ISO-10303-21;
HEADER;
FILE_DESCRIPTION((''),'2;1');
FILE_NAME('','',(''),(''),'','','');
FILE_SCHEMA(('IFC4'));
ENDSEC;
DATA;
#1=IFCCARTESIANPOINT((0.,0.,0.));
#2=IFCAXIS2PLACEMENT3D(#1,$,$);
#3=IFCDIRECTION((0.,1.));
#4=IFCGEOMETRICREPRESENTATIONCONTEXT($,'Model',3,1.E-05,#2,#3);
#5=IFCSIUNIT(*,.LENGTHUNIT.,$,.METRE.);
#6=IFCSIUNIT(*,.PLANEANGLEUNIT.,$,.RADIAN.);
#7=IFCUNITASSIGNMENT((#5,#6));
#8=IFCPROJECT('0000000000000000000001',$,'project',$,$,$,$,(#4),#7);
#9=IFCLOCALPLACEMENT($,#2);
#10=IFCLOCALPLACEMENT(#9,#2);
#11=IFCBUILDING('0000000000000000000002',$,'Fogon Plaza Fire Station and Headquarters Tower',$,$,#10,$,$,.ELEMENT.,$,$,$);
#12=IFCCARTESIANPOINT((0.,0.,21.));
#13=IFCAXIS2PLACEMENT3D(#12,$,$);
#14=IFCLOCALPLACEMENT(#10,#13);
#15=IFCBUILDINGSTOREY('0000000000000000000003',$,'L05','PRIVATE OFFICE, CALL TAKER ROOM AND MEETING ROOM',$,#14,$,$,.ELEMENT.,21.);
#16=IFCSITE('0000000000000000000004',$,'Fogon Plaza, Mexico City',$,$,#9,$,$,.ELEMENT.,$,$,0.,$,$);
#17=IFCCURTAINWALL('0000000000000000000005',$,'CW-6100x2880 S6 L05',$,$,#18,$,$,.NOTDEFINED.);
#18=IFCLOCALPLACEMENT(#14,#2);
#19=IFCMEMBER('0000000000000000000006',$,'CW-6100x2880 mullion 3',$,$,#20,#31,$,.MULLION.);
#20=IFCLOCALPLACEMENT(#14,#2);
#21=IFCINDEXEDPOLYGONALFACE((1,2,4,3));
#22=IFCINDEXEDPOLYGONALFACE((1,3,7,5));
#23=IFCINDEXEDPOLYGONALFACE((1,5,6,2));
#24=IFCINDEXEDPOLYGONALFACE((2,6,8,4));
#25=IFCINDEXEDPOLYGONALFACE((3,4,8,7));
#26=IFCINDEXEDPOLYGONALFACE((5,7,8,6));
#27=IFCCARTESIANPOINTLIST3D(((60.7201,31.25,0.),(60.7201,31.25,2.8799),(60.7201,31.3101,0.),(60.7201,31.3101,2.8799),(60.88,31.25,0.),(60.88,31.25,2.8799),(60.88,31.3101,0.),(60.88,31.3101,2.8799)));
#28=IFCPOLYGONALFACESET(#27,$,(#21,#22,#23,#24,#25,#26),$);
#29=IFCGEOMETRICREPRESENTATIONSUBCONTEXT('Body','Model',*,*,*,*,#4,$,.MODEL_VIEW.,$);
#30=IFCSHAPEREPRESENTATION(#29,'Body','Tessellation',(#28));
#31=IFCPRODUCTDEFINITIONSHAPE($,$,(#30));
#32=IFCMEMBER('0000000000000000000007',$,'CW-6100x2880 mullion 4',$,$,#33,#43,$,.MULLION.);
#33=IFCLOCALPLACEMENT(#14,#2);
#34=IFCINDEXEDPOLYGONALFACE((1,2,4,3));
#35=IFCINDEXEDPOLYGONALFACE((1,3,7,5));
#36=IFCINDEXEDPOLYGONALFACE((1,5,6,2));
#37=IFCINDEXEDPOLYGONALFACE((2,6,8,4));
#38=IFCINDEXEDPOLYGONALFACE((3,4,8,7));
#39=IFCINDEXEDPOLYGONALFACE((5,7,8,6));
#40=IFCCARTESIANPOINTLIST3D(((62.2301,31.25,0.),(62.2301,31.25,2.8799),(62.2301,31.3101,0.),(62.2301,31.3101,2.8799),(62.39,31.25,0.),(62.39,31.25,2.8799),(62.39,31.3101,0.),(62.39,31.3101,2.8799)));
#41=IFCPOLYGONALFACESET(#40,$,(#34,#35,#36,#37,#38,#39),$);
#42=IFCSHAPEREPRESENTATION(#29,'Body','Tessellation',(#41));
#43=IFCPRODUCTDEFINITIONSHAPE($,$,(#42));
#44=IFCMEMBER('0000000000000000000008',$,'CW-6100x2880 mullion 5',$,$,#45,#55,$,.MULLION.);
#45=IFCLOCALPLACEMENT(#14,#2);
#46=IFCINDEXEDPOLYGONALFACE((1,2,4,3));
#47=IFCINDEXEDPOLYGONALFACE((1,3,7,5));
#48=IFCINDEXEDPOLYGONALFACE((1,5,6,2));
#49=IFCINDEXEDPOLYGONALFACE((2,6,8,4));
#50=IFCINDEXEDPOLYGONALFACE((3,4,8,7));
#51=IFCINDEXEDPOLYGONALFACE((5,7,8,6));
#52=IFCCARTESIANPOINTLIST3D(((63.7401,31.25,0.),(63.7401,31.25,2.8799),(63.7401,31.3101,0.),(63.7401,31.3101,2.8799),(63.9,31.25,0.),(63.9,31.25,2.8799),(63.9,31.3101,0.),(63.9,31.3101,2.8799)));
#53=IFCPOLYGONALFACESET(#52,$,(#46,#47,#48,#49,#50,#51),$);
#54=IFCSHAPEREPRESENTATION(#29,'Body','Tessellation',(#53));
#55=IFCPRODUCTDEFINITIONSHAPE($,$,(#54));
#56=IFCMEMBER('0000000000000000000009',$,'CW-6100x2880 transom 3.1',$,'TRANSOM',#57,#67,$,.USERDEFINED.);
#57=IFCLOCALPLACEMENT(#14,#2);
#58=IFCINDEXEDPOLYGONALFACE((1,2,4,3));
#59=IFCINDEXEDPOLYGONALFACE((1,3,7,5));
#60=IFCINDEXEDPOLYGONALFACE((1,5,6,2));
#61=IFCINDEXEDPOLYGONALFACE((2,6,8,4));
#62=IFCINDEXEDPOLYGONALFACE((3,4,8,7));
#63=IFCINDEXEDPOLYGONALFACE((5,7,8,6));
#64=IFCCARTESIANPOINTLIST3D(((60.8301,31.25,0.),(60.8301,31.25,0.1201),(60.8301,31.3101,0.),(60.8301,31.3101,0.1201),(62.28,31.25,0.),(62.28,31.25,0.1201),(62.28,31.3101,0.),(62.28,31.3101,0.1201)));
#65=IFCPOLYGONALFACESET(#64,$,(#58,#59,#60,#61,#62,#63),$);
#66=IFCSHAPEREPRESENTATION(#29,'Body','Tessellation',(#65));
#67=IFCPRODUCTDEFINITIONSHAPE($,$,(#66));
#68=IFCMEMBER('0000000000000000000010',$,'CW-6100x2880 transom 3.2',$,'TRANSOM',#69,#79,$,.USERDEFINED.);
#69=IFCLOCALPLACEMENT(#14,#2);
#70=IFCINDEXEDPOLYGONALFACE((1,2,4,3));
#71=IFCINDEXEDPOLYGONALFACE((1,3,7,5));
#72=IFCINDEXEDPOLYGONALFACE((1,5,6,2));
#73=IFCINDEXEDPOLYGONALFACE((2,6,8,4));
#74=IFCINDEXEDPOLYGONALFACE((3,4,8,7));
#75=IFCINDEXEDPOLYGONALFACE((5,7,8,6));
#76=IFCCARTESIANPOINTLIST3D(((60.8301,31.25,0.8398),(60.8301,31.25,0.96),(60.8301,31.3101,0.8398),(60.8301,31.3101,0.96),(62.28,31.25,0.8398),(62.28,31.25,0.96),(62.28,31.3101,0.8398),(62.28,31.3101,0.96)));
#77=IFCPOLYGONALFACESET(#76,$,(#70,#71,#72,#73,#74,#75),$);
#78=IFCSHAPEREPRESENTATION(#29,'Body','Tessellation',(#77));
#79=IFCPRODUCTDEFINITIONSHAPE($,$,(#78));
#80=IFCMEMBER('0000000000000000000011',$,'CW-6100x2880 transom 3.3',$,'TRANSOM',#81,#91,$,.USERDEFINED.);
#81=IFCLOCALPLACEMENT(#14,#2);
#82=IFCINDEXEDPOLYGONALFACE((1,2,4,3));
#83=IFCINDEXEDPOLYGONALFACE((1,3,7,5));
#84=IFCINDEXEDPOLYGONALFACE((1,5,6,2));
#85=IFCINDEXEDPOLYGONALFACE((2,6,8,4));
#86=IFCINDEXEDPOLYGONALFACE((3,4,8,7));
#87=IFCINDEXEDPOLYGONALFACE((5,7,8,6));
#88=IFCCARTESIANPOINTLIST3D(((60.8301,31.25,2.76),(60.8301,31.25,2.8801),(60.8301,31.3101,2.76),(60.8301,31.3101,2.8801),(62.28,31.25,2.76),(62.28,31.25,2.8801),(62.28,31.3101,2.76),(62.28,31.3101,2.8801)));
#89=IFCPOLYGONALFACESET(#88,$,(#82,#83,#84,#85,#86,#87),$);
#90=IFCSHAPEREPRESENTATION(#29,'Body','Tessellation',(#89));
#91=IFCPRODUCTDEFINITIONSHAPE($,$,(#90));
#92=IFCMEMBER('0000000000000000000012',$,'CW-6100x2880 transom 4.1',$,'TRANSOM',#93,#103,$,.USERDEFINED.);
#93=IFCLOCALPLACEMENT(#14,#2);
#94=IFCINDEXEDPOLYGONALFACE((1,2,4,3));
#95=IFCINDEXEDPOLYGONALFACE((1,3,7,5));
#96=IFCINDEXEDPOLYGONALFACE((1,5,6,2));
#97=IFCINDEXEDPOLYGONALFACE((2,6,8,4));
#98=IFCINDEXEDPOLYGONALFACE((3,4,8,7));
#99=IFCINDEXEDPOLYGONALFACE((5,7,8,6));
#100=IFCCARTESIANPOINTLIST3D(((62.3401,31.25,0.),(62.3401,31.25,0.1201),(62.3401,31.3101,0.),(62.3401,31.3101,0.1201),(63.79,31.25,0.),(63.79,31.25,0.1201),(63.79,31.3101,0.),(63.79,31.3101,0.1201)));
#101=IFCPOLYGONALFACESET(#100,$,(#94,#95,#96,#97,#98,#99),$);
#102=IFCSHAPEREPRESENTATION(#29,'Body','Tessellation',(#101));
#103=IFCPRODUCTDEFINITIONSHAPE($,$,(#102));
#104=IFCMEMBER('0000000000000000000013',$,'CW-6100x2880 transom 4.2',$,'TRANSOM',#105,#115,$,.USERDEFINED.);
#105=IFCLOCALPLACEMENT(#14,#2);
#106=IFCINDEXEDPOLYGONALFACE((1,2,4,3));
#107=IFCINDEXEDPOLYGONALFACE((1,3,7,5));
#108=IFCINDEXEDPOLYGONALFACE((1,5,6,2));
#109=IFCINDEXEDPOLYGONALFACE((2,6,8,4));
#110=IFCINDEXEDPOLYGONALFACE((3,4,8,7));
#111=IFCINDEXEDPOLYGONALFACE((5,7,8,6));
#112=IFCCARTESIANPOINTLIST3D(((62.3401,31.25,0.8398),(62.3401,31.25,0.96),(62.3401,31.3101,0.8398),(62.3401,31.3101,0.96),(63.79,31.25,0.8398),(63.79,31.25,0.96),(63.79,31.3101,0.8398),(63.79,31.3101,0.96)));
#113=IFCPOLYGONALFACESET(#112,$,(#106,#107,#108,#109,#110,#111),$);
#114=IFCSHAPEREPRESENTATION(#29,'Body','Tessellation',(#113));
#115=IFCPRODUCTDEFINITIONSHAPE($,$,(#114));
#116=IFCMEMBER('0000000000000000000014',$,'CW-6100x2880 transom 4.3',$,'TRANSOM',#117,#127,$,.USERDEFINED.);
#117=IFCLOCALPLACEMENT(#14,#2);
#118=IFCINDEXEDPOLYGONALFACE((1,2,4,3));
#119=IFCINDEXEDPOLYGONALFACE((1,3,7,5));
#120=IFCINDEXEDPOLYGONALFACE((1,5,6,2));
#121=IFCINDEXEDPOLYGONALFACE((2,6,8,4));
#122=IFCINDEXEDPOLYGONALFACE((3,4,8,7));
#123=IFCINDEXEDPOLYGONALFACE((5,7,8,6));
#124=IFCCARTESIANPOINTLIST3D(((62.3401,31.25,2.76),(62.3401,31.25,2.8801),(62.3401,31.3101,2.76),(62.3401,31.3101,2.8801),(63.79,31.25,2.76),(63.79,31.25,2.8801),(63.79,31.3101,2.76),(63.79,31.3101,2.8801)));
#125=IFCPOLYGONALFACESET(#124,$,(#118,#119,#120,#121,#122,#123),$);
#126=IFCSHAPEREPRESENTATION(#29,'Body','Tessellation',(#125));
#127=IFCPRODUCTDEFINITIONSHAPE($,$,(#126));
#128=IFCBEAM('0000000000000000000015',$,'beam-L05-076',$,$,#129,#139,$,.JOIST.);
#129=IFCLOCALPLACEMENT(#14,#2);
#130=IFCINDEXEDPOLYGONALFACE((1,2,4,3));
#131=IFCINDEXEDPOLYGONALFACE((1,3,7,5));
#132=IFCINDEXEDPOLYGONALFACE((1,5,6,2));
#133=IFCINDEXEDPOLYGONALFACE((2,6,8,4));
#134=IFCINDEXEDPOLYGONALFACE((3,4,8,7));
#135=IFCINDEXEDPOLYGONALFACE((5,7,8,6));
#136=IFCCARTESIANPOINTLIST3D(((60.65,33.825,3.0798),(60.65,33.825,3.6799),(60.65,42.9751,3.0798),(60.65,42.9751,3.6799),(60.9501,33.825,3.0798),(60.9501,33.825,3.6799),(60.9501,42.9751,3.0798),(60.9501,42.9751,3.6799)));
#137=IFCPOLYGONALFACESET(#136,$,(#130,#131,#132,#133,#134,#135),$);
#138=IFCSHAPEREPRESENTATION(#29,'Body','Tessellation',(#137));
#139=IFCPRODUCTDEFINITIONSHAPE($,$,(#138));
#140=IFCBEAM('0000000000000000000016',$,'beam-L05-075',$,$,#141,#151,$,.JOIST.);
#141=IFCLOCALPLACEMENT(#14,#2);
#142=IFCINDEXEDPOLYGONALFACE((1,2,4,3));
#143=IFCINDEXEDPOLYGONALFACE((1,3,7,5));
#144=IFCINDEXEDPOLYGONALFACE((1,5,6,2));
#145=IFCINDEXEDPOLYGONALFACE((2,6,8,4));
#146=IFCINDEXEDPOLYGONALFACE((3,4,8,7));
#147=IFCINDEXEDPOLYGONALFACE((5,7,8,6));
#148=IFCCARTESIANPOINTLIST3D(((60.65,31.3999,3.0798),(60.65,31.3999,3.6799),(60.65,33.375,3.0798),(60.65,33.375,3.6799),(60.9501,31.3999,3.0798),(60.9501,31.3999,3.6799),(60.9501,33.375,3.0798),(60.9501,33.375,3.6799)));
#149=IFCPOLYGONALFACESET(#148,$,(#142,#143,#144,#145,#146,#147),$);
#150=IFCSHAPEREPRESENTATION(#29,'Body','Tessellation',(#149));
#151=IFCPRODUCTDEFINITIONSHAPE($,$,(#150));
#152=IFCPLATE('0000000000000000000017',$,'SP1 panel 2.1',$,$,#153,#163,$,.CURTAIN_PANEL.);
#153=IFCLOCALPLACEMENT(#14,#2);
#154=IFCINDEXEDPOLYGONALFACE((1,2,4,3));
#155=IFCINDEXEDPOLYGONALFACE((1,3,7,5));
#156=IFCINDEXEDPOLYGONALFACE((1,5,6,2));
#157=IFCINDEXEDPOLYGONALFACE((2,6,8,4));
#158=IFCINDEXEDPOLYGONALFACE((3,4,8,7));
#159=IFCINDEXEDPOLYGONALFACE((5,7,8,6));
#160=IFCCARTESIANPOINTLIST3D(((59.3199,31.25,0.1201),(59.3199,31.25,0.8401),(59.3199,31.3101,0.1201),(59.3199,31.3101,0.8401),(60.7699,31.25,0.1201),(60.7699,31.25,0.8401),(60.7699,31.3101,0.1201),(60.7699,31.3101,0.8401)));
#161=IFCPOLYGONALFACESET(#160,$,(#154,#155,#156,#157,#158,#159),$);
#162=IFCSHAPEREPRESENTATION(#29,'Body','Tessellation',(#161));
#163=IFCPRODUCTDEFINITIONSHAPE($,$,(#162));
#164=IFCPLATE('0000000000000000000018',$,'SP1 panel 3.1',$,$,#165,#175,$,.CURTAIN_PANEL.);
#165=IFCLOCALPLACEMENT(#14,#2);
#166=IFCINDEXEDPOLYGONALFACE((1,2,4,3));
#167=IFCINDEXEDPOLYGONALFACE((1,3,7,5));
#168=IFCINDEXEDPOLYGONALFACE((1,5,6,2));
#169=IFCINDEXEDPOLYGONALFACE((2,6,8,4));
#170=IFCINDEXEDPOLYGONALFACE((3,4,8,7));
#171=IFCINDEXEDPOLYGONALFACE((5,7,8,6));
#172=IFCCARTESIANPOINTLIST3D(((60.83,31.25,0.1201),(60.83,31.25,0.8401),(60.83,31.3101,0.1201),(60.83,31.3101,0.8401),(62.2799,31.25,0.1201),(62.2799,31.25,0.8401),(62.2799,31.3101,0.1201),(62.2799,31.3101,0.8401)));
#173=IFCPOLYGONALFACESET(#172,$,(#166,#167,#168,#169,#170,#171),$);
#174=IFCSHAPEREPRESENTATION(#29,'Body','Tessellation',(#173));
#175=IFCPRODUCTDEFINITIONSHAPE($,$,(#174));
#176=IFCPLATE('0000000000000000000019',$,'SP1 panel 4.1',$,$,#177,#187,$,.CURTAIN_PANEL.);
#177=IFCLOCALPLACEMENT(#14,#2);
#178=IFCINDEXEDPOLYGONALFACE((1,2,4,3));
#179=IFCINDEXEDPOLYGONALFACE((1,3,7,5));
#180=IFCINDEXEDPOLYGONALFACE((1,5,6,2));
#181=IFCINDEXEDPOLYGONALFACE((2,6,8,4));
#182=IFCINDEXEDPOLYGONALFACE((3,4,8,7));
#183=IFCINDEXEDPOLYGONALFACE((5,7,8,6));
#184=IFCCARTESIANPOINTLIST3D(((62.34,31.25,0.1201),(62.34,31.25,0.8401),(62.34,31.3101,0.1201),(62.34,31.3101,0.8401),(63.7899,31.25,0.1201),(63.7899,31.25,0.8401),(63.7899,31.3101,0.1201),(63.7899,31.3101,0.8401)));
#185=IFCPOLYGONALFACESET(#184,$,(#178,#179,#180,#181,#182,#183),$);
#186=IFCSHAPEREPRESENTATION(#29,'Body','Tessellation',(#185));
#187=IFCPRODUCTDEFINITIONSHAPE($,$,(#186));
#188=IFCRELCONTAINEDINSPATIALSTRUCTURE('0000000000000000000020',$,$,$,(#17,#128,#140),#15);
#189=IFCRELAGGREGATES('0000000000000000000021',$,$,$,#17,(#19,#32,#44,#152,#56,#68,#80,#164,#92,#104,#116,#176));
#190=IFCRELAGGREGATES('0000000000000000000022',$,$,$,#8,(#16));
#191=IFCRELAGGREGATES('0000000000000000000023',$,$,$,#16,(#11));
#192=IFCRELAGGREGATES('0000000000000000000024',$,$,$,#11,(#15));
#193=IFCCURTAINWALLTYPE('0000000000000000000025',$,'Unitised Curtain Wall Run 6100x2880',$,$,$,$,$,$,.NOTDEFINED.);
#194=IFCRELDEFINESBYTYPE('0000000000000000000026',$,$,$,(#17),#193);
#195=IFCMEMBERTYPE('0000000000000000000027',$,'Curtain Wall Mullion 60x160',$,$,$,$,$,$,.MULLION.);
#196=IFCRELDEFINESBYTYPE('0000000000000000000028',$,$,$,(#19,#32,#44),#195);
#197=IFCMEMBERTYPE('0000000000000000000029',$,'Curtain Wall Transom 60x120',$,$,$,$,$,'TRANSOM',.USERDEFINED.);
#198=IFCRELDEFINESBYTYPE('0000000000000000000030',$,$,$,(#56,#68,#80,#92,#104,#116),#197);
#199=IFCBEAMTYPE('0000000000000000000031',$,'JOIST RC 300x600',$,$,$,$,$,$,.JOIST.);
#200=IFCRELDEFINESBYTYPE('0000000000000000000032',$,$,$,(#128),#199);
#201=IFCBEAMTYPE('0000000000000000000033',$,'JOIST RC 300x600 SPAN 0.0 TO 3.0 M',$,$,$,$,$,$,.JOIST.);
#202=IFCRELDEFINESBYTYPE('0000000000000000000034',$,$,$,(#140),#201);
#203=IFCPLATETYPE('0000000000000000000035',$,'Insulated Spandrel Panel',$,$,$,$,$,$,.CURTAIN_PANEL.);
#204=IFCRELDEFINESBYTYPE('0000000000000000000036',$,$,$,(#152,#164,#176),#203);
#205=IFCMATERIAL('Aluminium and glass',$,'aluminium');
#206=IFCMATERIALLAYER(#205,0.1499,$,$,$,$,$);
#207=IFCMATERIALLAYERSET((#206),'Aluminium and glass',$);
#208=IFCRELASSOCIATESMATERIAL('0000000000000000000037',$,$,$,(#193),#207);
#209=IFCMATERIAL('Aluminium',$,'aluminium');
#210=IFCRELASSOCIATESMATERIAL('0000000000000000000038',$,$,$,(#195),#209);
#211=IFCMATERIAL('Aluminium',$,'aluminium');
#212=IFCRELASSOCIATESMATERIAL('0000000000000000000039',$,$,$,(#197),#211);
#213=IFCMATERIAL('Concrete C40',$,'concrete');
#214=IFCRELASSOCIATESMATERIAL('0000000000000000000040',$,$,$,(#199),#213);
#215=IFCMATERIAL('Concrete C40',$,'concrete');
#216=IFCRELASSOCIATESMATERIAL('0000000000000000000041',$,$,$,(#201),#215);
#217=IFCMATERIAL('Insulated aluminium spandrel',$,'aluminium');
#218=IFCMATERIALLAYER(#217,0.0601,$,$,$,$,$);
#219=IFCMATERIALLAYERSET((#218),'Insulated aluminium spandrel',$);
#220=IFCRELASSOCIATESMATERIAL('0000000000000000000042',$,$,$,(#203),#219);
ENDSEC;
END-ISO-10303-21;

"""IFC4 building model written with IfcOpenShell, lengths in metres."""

from ifc_helpers import new_model, si_unit, direction, frame, origin, origin_2d, place, context, subcontext, project, spatial, rectangle, extrude, material, layer, layer_set, material_profile, profile_set, type_object, element, aggregate, save


model = new_model("IFC4")

# Units and contexts
model_context = context("Model", 3, precision=1e-05, world=origin(), true_north=direction((0.0, 1.0)))
body_context = subcontext(model_context, "Body", "Model", "MODEL_VIEW")
ifc_project = project(units=[si_unit("LENGTHUNIT", "METRE"), si_unit("PLANEANGLEUNIT", "RADIAN")], contexts=[model_context])

# Site, building, storey
site_placement = place(None, origin())
site = spatial("IfcSite", under=ifc_project, at=site_placement, Name="Fogon Plaza, Mexico City", CompositionType="ELEMENT", RefElevation=0.0)
building_placement = place(site_placement, origin())
building = spatial("IfcBuilding", under=site, at=building_placement, Name="Fogon Plaza Fire Station and Headquarters Tower", CompositionType="ELEMENT")
storey_placement = place(building_placement, frame((0.0, 0.0, 21.0)))
storey = spatial("IfcBuildingStorey", under=building, at=storey_placement, Name="L05", Description="PRIVATE OFFICE, CALL TAKER ROOM AND MEETING ROOM", CompositionType="ELEMENT", Elevation=21.0)

# Curtain wall, members
ifc_material_1 = material(Name="Aluminium and glass", Category="aluminium")
ifc_layer_1 = layer(ifc_material_1, 0.1499)
ifc_layer_set_1 = layer_set([ifc_layer_1], Name="Aluminium and glass")
curtain_wall_type = type_object("IfcCurtainWallType", Name="Unitised Curtain Wall Run 6100x2880", PredefinedType="NOTDEFINED", material=ifc_layer_set_1)
curtain_wall_placement = place(storey_placement, origin())
curtain_wall = element("IfcCurtainWall", 1, at=curtain_wall_placement, inside=storey, type_object=curtain_wall_type, Name="CW-6100x2880 S6 L05", PredefinedType="NOTDEFINED")
ifc_material_2 = material(Name="Aluminium", Category="aluminium")
ifc_material_profile_1 = material_profile(ifc_material_2, rectangle(XDim=0.0601, YDim=0.1599, at=origin_2d()), Name="Curtain Wall Mullion 60x160")
ifc_profile_set_1 = profile_set([ifc_material_profile_1], Name="Aluminium")
member_type_1 = type_object("IfcMemberType", Name="Curtain Wall Mullion 60x160", PredefinedType="MULLION", material=ifc_profile_set_1)
member_1_placement = place(storey_placement, frame((60.8, 31.28, 0.0), z_axis=(0.0, 0.0, 1.0), x_axis=(0.0, 1.0, 0.0)))
member_1 = element("IfcMember", 2, at=member_1_placement, type_object=member_type_1, Name="CW-6100x2880 mullion 3", PredefinedType="MULLION", context=body_context, shape_type="SweptSolid", body=[
    extrude(rectangle(XDim=0.0601, YDim=0.1599, at=origin_2d()), origin(), (0.0, 0.0, 1.0), 2.8799),
])
member_2_placement = place(storey_placement, frame((62.3101, 31.28, 0.0), z_axis=(0.0, 0.0, 1.0), x_axis=(0.0, 1.0, 0.0)))
member_2 = element("IfcMember", 3, at=member_2_placement, type_object=member_type_1, Name="CW-6100x2880 mullion 4", PredefinedType="MULLION", context=body_context, shape_type="SweptSolid", body=[
    extrude(rectangle(XDim=0.0601, YDim=0.1599, at=origin_2d()), origin(), (0.0, 0.0, 1.0), 2.8799),
])
member_3_placement = place(storey_placement, frame((63.8201, 31.28, 0.0), z_axis=(0.0, 0.0, 1.0), x_axis=(0.0, 1.0, 0.0)))
member_3 = element("IfcMember", 4, at=member_3_placement, type_object=member_type_1, Name="CW-6100x2880 mullion 5", PredefinedType="MULLION", context=body_context, shape_type="SweptSolid", body=[
    extrude(rectangle(XDim=0.0601, YDim=0.1599, at=origin_2d()), origin(), (0.0, 0.0, 1.0), 2.8799),
])
ifc_material_3 = material(Name="Aluminium", Category="aluminium")
ifc_material_profile_2 = material_profile(ifc_material_3, rectangle(XDim=0.0601, YDim=0.1201, at=origin_2d()), Name="Curtain Wall Transom 60x120")
ifc_profile_set_2 = profile_set([ifc_material_profile_2], Name="Aluminium")
member_type_2 = type_object("IfcMemberType", Name="Curtain Wall Transom 60x120", ElementType="TRANSOM", PredefinedType="USERDEFINED", material=ifc_profile_set_2)
member_4_placement = place(storey_placement, frame((60.8301, 31.28, 0.0601), z_axis=(1.0, 0.0, 0.0), x_axis=(0.0, 1.0, 0.0)))
member_4 = element("IfcMember", 5, at=member_4_placement, type_object=member_type_2, Name="CW-6100x2880 transom 3.1", ObjectType="TRANSOM", PredefinedType="USERDEFINED", context=body_context, shape_type="SweptSolid", body=[
    extrude(rectangle(XDim=0.0601, YDim=0.1201, at=origin_2d()), origin(), (0.0, 0.0, 1.0), 1.45),
])
member_5_placement = place(storey_placement, frame((60.8301, 31.28, 0.8999), z_axis=(1.0, 0.0, 0.0), x_axis=(0.0, 1.0, 0.0)))
member_5 = element("IfcMember", 6, at=member_5_placement, type_object=member_type_2, Name="CW-6100x2880 transom 3.2", ObjectType="TRANSOM", PredefinedType="USERDEFINED", context=body_context, shape_type="SweptSolid", body=[
    extrude(rectangle(XDim=0.0601, YDim=0.1201, at=origin_2d()), origin(), (0.0, 0.0, 1.0), 1.45),
])
member_6_placement = place(storey_placement, frame((60.8301, 31.28, 2.8201), z_axis=(1.0, 0.0, 0.0), x_axis=(0.0, 1.0, 0.0)))
member_6 = element("IfcMember", 7, at=member_6_placement, type_object=member_type_2, Name="CW-6100x2880 transom 3.3", ObjectType="TRANSOM", PredefinedType="USERDEFINED", context=body_context, shape_type="SweptSolid", body=[
    extrude(rectangle(XDim=0.0601, YDim=0.1201, at=origin_2d()), origin(), (0.0, 0.0, 1.0), 1.45),
])
member_7_placement = place(storey_placement, frame((62.3401, 31.28, 0.0601), z_axis=(1.0, 0.0, 0.0), x_axis=(0.0, 1.0, 0.0)))
member_7 = element("IfcMember", 8, at=member_7_placement, type_object=member_type_2, Name="CW-6100x2880 transom 4.1", ObjectType="TRANSOM", PredefinedType="USERDEFINED", context=body_context, shape_type="SweptSolid", body=[
    extrude(rectangle(XDim=0.0601, YDim=0.1201, at=origin_2d()), origin(), (0.0, 0.0, 1.0), 1.45),
])
member_8_placement = place(storey_placement, frame((62.3401, 31.28, 0.8999), z_axis=(1.0, 0.0, 0.0), x_axis=(0.0, 1.0, 0.0)))
member_8 = element("IfcMember", 9, at=member_8_placement, type_object=member_type_2, Name="CW-6100x2880 transom 4.2", ObjectType="TRANSOM", PredefinedType="USERDEFINED", context=body_context, shape_type="SweptSolid", body=[
    extrude(rectangle(XDim=0.0601, YDim=0.1201, at=origin_2d()), origin(), (0.0, 0.0, 1.0), 1.45),
])
member_9_placement = place(storey_placement, frame((62.3401, 31.28, 2.8201), z_axis=(1.0, 0.0, 0.0), x_axis=(0.0, 1.0, 0.0)))
member_9 = element("IfcMember", 10, at=member_9_placement, type_object=member_type_2, Name="CW-6100x2880 transom 4.3", ObjectType="TRANSOM", PredefinedType="USERDEFINED", context=body_context, shape_type="SweptSolid", body=[
    extrude(rectangle(XDim=0.0601, YDim=0.1201, at=origin_2d()), origin(), (0.0, 0.0, 1.0), 1.45),
])

# Beams
ifc_material_4 = material(Name="Concrete C40", Category="concrete")
ifc_material_profile_3 = material_profile(ifc_material_4, rectangle(XDim=0.3, YDim=0.6001, at=origin_2d()), Name="RC 300x600")
ifc_profile_set_3 = profile_set([ifc_material_profile_3], Name="Concrete C40")
beam_type_1 = type_object("IfcBeamType", Name="JOIST RC 300x600", PredefinedType="JOIST", material=ifc_profile_set_3)
beam_1_placement = place(storey_placement, frame((60.8, 33.825, 3.3799), z_axis=(0.0, 1.0, 0.0), x_axis=(-1.0, 0.0, 0.0)))
element("IfcBeam", 11, at=beam_1_placement, inside=storey, type_object=beam_type_1, Name="beam-L05-076", PredefinedType="JOIST", context=body_context, shape_type="SweptSolid", body=[
    extrude(rectangle(XDim=0.3, YDim=0.6001, at=origin_2d()), origin(), (0.0, 0.0, 1.0), 9.1501),
])
ifc_material_5 = material(Name="Concrete C40", Category="concrete")
ifc_material_profile_4 = material_profile(ifc_material_5, rectangle(XDim=0.3, YDim=0.6001, at=origin_2d()), Name="RC 300x600")
ifc_profile_set_4 = profile_set([ifc_material_profile_4], Name="Concrete C40")
beam_type_2 = type_object("IfcBeamType", Name="JOIST RC 300x600 SPAN 0.0 TO 3.0 M", PredefinedType="JOIST", material=ifc_profile_set_4)
beam_2_placement = place(storey_placement, frame((60.8, 31.3999, 3.3799), z_axis=(0.0, 1.0, 0.0), x_axis=(-1.0, 0.0, 0.0)))
element("IfcBeam", 12, at=beam_2_placement, inside=storey, type_object=beam_type_2, Name="beam-L05-075", PredefinedType="JOIST", context=body_context, shape_type="SweptSolid", body=[
    extrude(rectangle(XDim=0.3, YDim=0.6001, at=origin_2d()), origin(), (0.0, 0.0, 1.0), 1.9751),
])

# Plates
ifc_material_6 = material(Name="Insulated aluminium spandrel", Category="aluminium")
ifc_layer_2 = layer(ifc_material_6, 0.0601)
ifc_layer_set_2 = layer_set([ifc_layer_2], Name="Insulated aluminium spandrel")
plate_type_1 = type_object("IfcPlateType", Name="Insulated Spandrel Panel", PredefinedType="CURTAIN_PANEL", material=ifc_layer_set_2)
plate_1_placement = place(storey_placement, frame((60.0449, 31.28, 0.1201), z_axis=(0.0, 0.0, 1.0), x_axis=(1.0, 0.0, 0.0)))
plate_1 = element("IfcPlate", 13, at=plate_1_placement, type_object=plate_type_1, Name="SP1 panel 2.1", PredefinedType="CURTAIN_PANEL", context=body_context, shape_type="SweptSolid", body=[
    extrude(rectangle(XDim=1.45, YDim=0.0601, at=origin_2d()), origin(), (0.0, 0.0, 1.0), 0.72),
])
plate_2_placement = place(storey_placement, frame((61.5549, 31.28, 0.1201), z_axis=(0.0, 0.0, 1.0), x_axis=(1.0, 0.0, 0.0)))
plate_2 = element("IfcPlate", 14, at=plate_2_placement, type_object=plate_type_1, Name="SP1 panel 3.1", PredefinedType="CURTAIN_PANEL", context=body_context, shape_type="SweptSolid", body=[
    extrude(rectangle(XDim=1.45, YDim=0.0601, at=origin_2d()), origin(), (0.0, 0.0, 1.0), 0.72),
])
plate_3_placement = place(storey_placement, frame((63.0649, 31.28, 0.1201), z_axis=(0.0, 0.0, 1.0), x_axis=(1.0, 0.0, 0.0)))
plate_3 = element("IfcPlate", 15, at=plate_3_placement, type_object=plate_type_1, Name="SP1 panel 4.1", PredefinedType="CURTAIN_PANEL", context=body_context, shape_type="SweptSolid", body=[
    extrude(rectangle(XDim=1.45, YDim=0.0601, at=origin_2d()), origin(), (0.0, 0.0, 1.0), 0.72),
])
aggregate(curtain_wall, [member_1, member_2, member_3, plate_1, member_4, member_5, member_6, plate_2, member_7, member_8, member_9, plate_3])

save(model, "model.ifc")
